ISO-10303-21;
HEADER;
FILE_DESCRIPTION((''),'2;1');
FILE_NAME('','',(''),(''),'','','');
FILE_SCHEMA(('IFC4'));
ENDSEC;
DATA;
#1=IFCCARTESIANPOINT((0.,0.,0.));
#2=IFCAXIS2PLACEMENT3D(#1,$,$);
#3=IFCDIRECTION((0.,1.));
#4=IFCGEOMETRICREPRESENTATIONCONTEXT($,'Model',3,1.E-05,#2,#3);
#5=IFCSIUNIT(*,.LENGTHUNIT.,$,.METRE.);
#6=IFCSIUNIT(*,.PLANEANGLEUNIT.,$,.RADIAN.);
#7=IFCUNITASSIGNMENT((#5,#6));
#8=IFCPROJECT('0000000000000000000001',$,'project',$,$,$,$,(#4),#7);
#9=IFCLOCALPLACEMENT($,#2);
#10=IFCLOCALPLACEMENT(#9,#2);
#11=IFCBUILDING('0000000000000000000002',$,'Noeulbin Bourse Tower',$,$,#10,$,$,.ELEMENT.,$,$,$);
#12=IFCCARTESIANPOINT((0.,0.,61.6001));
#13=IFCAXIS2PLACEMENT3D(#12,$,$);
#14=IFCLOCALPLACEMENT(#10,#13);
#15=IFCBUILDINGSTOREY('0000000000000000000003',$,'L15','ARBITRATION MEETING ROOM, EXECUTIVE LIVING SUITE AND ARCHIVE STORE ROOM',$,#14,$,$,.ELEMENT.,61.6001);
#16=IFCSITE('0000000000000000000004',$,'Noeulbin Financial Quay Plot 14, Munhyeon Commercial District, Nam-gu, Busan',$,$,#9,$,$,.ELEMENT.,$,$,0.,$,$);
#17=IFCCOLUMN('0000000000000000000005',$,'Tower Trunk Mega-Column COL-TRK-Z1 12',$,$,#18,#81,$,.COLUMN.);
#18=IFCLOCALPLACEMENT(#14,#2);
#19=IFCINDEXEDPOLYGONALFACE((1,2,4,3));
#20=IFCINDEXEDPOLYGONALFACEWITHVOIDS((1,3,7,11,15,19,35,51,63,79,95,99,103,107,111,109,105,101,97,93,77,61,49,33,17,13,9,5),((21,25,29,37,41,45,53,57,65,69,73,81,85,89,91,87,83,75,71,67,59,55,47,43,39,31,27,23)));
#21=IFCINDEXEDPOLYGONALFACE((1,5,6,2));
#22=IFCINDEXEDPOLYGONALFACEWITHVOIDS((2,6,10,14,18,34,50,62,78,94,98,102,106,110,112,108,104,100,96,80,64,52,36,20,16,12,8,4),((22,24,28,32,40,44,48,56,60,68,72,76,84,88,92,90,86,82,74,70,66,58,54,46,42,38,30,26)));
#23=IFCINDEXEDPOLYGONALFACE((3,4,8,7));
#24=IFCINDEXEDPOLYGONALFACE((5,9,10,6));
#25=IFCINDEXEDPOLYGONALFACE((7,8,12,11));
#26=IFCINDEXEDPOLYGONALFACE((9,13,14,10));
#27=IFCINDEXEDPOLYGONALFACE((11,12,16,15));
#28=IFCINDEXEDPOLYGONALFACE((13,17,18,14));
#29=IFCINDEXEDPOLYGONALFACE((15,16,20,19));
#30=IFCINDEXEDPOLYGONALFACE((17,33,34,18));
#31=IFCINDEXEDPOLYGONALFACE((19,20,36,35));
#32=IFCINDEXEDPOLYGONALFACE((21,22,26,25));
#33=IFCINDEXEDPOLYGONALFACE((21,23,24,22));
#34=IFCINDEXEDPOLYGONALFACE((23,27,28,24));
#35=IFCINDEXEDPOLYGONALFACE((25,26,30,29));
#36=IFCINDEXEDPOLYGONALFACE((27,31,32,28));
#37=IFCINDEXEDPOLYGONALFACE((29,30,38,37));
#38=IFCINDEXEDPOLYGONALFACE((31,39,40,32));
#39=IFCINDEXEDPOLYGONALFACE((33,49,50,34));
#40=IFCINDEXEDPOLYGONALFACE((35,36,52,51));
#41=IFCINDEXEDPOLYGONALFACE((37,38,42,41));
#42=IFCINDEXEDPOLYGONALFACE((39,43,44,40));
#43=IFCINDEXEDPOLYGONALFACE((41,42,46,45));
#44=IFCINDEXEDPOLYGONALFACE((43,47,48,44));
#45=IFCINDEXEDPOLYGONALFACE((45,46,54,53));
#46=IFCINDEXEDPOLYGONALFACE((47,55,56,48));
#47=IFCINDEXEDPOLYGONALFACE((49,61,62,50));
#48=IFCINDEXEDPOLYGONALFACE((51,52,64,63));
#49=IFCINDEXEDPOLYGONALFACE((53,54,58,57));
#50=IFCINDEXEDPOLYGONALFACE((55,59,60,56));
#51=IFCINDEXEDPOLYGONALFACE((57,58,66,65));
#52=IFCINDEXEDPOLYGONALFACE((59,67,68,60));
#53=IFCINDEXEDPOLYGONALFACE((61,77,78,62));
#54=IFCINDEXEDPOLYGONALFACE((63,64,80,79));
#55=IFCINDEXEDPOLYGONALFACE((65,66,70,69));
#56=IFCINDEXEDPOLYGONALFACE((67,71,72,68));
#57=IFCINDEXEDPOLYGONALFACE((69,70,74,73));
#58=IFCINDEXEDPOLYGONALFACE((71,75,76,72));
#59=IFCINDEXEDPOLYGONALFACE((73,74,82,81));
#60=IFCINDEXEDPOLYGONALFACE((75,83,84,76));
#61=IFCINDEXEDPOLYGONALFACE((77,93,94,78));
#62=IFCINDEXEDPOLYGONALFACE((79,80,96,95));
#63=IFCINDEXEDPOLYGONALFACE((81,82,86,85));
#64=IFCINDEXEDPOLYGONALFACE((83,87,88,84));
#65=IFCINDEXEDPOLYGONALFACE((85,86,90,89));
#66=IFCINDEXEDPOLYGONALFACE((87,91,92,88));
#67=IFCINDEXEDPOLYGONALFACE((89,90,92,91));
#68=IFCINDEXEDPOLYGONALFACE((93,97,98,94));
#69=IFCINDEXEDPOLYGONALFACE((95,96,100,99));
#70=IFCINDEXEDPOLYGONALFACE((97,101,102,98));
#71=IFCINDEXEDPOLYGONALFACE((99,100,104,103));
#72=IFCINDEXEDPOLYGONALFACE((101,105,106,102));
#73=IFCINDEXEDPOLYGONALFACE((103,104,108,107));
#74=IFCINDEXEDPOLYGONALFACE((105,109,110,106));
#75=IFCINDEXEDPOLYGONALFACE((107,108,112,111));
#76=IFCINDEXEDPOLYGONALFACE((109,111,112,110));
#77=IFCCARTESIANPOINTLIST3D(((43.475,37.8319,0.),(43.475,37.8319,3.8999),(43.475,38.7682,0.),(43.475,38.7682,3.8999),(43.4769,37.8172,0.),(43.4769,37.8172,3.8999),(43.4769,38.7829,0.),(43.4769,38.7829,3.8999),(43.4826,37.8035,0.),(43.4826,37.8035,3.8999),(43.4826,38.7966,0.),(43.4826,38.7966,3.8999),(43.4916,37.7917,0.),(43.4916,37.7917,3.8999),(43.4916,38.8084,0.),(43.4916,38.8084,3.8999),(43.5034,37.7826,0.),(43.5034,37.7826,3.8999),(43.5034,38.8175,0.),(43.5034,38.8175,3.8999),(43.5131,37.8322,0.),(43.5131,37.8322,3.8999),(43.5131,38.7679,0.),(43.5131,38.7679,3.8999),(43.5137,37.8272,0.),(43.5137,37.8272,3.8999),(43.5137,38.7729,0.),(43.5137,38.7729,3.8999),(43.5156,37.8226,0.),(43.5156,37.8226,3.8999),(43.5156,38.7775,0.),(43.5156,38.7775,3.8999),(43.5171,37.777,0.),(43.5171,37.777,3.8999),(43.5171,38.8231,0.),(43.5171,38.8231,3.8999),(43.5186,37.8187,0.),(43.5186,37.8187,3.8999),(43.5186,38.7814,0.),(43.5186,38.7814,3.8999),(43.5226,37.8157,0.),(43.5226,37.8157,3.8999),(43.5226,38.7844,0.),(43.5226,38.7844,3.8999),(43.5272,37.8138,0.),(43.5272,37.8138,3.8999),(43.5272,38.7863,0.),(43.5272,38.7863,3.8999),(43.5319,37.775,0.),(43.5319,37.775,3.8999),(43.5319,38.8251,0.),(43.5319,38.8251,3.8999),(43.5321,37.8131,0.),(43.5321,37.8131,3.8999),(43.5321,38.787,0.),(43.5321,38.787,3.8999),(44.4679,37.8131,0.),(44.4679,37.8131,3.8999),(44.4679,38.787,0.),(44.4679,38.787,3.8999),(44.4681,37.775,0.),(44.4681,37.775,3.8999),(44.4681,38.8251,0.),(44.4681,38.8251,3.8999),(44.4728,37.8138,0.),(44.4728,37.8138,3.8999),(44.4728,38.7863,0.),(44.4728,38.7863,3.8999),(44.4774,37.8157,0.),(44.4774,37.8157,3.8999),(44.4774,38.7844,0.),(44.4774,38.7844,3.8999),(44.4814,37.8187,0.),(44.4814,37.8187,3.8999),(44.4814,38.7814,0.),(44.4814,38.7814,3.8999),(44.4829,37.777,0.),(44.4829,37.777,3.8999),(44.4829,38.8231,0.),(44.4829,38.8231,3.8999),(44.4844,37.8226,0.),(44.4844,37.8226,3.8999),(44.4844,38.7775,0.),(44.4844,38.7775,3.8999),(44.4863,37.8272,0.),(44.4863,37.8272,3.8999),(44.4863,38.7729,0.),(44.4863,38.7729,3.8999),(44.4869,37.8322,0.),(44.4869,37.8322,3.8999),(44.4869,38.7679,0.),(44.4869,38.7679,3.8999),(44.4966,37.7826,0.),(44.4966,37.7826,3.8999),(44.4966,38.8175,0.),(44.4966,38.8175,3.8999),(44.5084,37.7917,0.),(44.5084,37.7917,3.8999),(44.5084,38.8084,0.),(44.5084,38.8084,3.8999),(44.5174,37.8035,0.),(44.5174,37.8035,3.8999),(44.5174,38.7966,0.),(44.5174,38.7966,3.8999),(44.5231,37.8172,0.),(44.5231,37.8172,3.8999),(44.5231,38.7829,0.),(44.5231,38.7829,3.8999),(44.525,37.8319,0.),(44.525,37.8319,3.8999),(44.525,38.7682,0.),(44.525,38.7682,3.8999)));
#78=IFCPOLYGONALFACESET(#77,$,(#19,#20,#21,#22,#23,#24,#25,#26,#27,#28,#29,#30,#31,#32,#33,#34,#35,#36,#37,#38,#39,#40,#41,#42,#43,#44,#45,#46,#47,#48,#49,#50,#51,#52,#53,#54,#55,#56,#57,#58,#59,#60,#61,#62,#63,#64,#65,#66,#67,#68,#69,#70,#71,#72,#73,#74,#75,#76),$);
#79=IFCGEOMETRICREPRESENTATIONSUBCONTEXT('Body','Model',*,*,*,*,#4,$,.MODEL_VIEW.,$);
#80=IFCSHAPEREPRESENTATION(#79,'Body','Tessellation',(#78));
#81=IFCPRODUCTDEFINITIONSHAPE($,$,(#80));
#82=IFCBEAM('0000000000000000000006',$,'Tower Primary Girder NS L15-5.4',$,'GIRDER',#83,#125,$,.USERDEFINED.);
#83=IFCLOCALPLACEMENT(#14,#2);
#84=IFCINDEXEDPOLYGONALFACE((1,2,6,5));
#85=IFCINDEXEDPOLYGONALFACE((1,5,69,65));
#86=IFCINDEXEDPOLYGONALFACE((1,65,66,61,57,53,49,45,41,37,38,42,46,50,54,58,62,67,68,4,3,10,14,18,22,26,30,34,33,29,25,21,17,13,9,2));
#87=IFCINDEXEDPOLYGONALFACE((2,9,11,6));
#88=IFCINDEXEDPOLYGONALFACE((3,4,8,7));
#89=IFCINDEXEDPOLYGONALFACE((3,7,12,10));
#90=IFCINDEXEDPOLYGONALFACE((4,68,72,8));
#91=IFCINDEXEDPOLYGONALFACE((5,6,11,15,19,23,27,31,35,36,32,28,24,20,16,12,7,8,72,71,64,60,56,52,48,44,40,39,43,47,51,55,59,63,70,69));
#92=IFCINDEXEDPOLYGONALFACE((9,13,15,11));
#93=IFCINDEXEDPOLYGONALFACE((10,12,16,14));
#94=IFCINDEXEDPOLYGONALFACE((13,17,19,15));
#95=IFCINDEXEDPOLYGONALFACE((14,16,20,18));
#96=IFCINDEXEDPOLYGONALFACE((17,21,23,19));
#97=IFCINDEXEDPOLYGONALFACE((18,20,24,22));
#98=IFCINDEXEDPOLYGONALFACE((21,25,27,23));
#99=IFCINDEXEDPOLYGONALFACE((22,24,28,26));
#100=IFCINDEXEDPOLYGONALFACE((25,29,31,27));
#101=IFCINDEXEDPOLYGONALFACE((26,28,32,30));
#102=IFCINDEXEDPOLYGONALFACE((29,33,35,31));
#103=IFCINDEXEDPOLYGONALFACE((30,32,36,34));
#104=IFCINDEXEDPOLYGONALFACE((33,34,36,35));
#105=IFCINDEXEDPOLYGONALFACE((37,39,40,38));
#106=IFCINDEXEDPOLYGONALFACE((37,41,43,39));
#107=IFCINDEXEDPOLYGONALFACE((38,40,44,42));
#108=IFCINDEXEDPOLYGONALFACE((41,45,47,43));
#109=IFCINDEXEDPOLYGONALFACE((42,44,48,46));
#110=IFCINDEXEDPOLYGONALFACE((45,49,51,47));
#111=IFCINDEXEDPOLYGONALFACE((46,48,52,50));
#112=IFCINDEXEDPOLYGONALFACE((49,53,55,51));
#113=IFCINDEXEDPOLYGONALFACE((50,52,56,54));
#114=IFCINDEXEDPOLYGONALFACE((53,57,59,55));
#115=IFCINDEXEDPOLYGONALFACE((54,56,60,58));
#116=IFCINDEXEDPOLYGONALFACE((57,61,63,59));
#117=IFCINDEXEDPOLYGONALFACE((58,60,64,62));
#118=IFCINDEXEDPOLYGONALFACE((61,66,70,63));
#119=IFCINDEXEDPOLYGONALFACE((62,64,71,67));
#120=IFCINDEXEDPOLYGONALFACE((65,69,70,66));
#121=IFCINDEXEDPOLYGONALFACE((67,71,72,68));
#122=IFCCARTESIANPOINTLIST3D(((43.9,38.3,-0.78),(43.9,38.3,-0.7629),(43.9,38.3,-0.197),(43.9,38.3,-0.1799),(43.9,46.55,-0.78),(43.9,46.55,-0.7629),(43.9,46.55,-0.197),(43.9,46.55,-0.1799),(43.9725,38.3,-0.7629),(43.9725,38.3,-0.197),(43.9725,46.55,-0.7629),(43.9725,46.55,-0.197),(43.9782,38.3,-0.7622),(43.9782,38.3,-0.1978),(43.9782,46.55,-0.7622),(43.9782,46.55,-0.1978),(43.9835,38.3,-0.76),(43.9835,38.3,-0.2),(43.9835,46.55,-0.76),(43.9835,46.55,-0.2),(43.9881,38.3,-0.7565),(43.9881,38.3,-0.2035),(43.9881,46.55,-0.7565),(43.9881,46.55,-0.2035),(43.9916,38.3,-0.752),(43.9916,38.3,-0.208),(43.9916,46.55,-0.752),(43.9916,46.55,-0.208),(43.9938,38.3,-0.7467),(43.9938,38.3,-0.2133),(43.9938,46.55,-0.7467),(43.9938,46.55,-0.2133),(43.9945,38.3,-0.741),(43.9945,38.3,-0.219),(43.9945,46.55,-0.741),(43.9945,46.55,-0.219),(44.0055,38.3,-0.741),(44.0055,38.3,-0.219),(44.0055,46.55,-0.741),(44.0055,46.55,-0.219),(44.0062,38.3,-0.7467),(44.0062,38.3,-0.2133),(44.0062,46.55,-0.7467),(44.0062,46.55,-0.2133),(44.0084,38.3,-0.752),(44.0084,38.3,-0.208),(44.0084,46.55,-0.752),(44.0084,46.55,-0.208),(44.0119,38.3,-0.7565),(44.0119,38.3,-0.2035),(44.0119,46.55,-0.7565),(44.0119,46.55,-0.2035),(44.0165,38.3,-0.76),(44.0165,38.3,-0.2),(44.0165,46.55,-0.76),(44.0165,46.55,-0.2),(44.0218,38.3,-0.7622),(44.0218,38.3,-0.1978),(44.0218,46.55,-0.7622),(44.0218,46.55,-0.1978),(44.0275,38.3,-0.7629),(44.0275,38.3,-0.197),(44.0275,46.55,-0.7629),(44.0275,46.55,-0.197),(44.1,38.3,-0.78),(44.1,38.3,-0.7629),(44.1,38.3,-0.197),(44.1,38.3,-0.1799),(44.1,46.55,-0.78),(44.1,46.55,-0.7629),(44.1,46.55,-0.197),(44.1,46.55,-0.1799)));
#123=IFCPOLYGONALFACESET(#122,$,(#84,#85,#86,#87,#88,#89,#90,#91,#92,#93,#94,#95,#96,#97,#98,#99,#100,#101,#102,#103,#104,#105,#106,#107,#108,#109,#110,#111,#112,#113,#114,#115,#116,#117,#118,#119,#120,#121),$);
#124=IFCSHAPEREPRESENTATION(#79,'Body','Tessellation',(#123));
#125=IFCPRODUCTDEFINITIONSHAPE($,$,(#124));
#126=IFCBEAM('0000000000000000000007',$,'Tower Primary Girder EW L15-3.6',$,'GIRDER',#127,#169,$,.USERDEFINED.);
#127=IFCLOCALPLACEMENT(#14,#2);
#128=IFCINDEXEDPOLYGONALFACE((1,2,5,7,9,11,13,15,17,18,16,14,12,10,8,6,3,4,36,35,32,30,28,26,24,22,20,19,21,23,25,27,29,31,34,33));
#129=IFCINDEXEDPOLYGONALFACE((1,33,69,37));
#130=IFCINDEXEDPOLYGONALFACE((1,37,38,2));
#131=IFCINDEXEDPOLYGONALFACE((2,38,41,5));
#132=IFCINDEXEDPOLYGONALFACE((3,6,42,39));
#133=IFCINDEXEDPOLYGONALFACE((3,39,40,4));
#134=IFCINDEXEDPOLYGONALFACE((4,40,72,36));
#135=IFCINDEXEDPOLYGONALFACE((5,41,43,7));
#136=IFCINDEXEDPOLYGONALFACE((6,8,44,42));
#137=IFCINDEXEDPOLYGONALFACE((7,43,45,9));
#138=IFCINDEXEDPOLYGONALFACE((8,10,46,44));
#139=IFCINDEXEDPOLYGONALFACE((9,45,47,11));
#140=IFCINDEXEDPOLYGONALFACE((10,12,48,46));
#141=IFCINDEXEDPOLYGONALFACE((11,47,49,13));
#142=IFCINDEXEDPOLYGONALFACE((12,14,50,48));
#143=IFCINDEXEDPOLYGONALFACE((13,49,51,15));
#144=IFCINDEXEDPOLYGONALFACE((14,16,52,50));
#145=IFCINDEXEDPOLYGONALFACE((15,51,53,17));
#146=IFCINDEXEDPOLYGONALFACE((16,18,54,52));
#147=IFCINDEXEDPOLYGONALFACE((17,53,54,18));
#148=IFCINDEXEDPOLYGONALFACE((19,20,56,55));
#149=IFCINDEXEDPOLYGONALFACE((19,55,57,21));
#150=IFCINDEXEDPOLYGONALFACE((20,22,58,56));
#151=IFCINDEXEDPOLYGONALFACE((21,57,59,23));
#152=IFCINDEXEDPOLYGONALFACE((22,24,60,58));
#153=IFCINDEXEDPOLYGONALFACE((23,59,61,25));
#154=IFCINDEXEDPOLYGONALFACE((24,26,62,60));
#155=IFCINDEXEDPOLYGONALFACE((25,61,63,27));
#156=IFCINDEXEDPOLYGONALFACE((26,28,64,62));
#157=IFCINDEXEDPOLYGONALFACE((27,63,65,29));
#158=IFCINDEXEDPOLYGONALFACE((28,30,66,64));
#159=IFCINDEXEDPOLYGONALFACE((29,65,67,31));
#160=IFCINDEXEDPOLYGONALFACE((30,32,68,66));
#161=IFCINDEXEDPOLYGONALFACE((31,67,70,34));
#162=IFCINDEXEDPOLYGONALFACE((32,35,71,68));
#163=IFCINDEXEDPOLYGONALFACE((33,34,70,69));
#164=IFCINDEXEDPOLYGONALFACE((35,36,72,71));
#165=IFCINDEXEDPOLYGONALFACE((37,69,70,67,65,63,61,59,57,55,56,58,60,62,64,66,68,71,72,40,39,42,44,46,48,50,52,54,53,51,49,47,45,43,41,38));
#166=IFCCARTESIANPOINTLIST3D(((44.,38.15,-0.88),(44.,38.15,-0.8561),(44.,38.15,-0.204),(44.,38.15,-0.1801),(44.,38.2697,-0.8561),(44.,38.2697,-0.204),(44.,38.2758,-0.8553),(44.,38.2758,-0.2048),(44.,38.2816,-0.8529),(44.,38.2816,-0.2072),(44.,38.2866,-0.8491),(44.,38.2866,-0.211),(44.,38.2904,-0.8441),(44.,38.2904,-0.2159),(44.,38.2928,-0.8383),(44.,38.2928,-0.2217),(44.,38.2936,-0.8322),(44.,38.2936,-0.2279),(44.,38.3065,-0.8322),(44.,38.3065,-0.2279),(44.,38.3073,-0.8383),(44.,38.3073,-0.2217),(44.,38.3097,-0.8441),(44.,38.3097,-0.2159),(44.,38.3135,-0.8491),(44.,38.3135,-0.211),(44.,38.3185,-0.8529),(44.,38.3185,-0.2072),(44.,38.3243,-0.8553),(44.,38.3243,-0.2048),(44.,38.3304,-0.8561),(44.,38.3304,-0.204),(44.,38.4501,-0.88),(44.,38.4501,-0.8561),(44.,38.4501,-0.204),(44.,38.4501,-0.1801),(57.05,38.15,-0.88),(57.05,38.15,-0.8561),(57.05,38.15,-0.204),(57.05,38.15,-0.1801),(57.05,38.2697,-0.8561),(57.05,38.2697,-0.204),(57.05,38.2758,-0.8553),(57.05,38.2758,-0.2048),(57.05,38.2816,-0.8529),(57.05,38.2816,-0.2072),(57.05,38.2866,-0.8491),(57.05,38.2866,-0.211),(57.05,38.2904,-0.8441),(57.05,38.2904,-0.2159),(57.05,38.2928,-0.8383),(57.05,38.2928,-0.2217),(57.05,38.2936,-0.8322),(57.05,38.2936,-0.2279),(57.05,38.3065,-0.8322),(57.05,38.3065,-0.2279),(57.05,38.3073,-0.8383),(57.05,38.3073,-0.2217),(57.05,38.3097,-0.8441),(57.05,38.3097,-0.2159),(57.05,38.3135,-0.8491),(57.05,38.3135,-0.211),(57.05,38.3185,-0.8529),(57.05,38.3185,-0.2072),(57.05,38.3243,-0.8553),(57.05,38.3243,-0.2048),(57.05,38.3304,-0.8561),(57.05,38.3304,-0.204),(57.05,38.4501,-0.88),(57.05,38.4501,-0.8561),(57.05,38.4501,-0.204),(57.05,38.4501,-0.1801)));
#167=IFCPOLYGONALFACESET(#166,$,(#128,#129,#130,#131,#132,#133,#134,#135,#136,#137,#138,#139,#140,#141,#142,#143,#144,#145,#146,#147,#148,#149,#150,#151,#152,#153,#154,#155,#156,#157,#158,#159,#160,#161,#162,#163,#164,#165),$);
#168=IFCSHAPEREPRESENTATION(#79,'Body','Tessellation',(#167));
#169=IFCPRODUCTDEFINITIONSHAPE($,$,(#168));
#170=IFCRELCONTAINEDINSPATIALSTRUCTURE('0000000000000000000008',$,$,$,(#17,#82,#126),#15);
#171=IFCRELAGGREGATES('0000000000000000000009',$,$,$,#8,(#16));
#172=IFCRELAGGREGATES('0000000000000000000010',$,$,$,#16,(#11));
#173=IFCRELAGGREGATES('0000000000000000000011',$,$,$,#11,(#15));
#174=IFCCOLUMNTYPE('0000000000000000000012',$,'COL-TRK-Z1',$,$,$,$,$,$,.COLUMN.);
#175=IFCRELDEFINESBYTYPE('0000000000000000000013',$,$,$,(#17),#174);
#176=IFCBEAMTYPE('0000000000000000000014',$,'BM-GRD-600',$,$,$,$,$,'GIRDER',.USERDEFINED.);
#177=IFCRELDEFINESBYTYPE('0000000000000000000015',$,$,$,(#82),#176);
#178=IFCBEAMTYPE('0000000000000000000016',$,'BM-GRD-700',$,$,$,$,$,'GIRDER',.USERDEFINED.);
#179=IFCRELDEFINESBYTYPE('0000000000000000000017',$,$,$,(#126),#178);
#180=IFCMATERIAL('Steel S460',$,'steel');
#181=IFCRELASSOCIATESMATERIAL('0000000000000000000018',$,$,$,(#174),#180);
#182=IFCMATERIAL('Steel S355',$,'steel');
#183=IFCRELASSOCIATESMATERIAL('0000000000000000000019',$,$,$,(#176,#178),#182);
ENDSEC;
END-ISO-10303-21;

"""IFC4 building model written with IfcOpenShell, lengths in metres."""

from ifc_helpers import new_model, si_unit, direction, frame, origin, origin_2d, place, context, subcontext, project, spatial, hollow_rectangle, i_section, extrude, material, material_profile, profile_set, type_object, element, save


model = new_model("IFC4")

# Units and contexts
model_context = context("Model", 3, precision=1e-05, world=origin(), true_north=direction((0.0, 1.0)))
body_context = subcontext(model_context, "Body", "Model", "MODEL_VIEW")
ifc_project = project(units=[si_unit("LENGTHUNIT", "METRE"), si_unit("PLANEANGLEUNIT", "RADIAN")], contexts=[model_context])

# Site, building, storey
site_placement = place(None, origin())
site = spatial("IfcSite", under=ifc_project, at=site_placement, Name="Noeulbin Financial Quay Plot 14, Munhyeon Commercial District, Nam-gu, Busan", CompositionType="ELEMENT", RefElevation=0.0)
building_placement = place(site_placement, origin())
building = spatial("IfcBuilding", under=site, at=building_placement, Name="Noeulbin Bourse Tower", CompositionType="ELEMENT")
storey_placement = place(building_placement, frame((0.0, 0.0, 61.6001)))
storey = spatial("IfcBuildingStorey", under=building, at=storey_placement, Name="L15", Description="ARBITRATION MEETING ROOM, EXECUTIVE LIVING SUITE AND ARCHIVE STORE ROOM", CompositionType="ELEMENT", Elevation=61.6001)

# Column
ifc_material_1 = material(Name="Steel S460", Category="steel")
ifc_material_profile_1 = material_profile(ifc_material_1, hollow_rectangle(XDim=1.05, YDim=1.05, WallThickness=0.0381, InnerFilletRadius=0.019, OuterFilletRadius=0.0569, at=origin_2d()), Name="BOX-1050x1050x38", Category="LoadBearing")
ifc_profile_set_1 = profile_set([ifc_material_profile_1], Name="Steel S460")
column_type_1 = type_object("IfcColumnType", Name="COL-TRK-Z1", PredefinedType="COLUMN", material=ifc_profile_set_1)
column_placement = place(storey_placement, frame((44.0, 38.3, 0.0), z_axis=(0.0, 0.0, 1.0), x_axis=(1.0, 0.0, 0.0)))
element("IfcColumn", 1, at=column_placement, inside=storey, type_object=column_type_1, Name="Tower Trunk Mega-Column COL-TRK-Z1 12", PredefinedType="COLUMN", context=body_context, shape_type="SweptSolid", body=[
    extrude(hollow_rectangle(XDim=1.05, YDim=1.05, WallThickness=0.0381, InnerFilletRadius=0.019, OuterFilletRadius=0.0569, at=origin_2d()), origin(), (0.0, 0.0, 1.0), 3.8999),
])

# Beams
ifc_material_2 = material(Name="Steel S355", Category="steel")
ifc_material_profile_2 = material_profile(ifc_material_2, i_section(OverallWidth=0.2, OverallDepth=0.6001, WebThickness=0.011, FlangeThickness=0.0171, FilletRadius=0.022, at=origin_2d()), Name="H-600x200x11x17", Category="LoadBearing")
ifc_profile_set_2 = profile_set([ifc_material_profile_2], Name="Steel S355")
beam_type_1 = type_object("IfcBeamType", Name="BM-GRD-600", ElementType="GIRDER", PredefinedType="USERDEFINED", material=ifc_profile_set_2)
beam_1_placement = place(storey_placement, frame((44.0, 38.3, -0.48), z_axis=(0.0, 1.0, 0.0), x_axis=(-1.0, 0.0, 0.0)))
element("IfcBeam", 2, at=beam_1_placement, inside=storey, type_object=beam_type_1, Name="Tower Primary Girder NS L15-5.4", ObjectType="GIRDER", PredefinedType="USERDEFINED", context=body_context, shape_type="SweptSolid", body=[
    extrude(i_section(OverallWidth=0.2, OverallDepth=0.6001, WebThickness=0.011, FlangeThickness=0.0171, FilletRadius=0.022, at=origin_2d()), origin(), (0.0, 0.0, 1.0), 8.25),
])
ifc_material_profile_3 = material_profile(ifc_material_2, i_section(OverallWidth=0.3, OverallDepth=0.7, WebThickness=0.0129, FlangeThickness=0.0239, FilletRadius=0.0239, at=origin_2d()), Name="H-700x300x13x24", Category="LoadBearing")
ifc_profile_set_3 = profile_set([ifc_material_profile_3], Name="Steel S355")
beam_type_2 = type_object("IfcBeamType", Name="BM-GRD-700", ElementType="GIRDER", PredefinedType="USERDEFINED", material=ifc_profile_set_3)
beam_2_placement = place(storey_placement, frame((44.0, 38.3, -0.53), z_axis=(1.0, 0.0, 0.0), x_axis=(0.0, 1.0, 0.0)))
element("IfcBeam", 3, at=beam_2_placement, inside=storey, type_object=beam_type_2, Name="Tower Primary Girder EW L15-3.6", ObjectType="GIRDER", PredefinedType="USERDEFINED", context=body_context, shape_type="SweptSolid", body=[
    extrude(i_section(OverallWidth=0.3, OverallDepth=0.7, WebThickness=0.0129, FlangeThickness=0.0239, FilletRadius=0.0239, at=origin_2d()), origin(), (0.0, 0.0, 1.0), 13.05),
])

save(model, "model.ifc")
